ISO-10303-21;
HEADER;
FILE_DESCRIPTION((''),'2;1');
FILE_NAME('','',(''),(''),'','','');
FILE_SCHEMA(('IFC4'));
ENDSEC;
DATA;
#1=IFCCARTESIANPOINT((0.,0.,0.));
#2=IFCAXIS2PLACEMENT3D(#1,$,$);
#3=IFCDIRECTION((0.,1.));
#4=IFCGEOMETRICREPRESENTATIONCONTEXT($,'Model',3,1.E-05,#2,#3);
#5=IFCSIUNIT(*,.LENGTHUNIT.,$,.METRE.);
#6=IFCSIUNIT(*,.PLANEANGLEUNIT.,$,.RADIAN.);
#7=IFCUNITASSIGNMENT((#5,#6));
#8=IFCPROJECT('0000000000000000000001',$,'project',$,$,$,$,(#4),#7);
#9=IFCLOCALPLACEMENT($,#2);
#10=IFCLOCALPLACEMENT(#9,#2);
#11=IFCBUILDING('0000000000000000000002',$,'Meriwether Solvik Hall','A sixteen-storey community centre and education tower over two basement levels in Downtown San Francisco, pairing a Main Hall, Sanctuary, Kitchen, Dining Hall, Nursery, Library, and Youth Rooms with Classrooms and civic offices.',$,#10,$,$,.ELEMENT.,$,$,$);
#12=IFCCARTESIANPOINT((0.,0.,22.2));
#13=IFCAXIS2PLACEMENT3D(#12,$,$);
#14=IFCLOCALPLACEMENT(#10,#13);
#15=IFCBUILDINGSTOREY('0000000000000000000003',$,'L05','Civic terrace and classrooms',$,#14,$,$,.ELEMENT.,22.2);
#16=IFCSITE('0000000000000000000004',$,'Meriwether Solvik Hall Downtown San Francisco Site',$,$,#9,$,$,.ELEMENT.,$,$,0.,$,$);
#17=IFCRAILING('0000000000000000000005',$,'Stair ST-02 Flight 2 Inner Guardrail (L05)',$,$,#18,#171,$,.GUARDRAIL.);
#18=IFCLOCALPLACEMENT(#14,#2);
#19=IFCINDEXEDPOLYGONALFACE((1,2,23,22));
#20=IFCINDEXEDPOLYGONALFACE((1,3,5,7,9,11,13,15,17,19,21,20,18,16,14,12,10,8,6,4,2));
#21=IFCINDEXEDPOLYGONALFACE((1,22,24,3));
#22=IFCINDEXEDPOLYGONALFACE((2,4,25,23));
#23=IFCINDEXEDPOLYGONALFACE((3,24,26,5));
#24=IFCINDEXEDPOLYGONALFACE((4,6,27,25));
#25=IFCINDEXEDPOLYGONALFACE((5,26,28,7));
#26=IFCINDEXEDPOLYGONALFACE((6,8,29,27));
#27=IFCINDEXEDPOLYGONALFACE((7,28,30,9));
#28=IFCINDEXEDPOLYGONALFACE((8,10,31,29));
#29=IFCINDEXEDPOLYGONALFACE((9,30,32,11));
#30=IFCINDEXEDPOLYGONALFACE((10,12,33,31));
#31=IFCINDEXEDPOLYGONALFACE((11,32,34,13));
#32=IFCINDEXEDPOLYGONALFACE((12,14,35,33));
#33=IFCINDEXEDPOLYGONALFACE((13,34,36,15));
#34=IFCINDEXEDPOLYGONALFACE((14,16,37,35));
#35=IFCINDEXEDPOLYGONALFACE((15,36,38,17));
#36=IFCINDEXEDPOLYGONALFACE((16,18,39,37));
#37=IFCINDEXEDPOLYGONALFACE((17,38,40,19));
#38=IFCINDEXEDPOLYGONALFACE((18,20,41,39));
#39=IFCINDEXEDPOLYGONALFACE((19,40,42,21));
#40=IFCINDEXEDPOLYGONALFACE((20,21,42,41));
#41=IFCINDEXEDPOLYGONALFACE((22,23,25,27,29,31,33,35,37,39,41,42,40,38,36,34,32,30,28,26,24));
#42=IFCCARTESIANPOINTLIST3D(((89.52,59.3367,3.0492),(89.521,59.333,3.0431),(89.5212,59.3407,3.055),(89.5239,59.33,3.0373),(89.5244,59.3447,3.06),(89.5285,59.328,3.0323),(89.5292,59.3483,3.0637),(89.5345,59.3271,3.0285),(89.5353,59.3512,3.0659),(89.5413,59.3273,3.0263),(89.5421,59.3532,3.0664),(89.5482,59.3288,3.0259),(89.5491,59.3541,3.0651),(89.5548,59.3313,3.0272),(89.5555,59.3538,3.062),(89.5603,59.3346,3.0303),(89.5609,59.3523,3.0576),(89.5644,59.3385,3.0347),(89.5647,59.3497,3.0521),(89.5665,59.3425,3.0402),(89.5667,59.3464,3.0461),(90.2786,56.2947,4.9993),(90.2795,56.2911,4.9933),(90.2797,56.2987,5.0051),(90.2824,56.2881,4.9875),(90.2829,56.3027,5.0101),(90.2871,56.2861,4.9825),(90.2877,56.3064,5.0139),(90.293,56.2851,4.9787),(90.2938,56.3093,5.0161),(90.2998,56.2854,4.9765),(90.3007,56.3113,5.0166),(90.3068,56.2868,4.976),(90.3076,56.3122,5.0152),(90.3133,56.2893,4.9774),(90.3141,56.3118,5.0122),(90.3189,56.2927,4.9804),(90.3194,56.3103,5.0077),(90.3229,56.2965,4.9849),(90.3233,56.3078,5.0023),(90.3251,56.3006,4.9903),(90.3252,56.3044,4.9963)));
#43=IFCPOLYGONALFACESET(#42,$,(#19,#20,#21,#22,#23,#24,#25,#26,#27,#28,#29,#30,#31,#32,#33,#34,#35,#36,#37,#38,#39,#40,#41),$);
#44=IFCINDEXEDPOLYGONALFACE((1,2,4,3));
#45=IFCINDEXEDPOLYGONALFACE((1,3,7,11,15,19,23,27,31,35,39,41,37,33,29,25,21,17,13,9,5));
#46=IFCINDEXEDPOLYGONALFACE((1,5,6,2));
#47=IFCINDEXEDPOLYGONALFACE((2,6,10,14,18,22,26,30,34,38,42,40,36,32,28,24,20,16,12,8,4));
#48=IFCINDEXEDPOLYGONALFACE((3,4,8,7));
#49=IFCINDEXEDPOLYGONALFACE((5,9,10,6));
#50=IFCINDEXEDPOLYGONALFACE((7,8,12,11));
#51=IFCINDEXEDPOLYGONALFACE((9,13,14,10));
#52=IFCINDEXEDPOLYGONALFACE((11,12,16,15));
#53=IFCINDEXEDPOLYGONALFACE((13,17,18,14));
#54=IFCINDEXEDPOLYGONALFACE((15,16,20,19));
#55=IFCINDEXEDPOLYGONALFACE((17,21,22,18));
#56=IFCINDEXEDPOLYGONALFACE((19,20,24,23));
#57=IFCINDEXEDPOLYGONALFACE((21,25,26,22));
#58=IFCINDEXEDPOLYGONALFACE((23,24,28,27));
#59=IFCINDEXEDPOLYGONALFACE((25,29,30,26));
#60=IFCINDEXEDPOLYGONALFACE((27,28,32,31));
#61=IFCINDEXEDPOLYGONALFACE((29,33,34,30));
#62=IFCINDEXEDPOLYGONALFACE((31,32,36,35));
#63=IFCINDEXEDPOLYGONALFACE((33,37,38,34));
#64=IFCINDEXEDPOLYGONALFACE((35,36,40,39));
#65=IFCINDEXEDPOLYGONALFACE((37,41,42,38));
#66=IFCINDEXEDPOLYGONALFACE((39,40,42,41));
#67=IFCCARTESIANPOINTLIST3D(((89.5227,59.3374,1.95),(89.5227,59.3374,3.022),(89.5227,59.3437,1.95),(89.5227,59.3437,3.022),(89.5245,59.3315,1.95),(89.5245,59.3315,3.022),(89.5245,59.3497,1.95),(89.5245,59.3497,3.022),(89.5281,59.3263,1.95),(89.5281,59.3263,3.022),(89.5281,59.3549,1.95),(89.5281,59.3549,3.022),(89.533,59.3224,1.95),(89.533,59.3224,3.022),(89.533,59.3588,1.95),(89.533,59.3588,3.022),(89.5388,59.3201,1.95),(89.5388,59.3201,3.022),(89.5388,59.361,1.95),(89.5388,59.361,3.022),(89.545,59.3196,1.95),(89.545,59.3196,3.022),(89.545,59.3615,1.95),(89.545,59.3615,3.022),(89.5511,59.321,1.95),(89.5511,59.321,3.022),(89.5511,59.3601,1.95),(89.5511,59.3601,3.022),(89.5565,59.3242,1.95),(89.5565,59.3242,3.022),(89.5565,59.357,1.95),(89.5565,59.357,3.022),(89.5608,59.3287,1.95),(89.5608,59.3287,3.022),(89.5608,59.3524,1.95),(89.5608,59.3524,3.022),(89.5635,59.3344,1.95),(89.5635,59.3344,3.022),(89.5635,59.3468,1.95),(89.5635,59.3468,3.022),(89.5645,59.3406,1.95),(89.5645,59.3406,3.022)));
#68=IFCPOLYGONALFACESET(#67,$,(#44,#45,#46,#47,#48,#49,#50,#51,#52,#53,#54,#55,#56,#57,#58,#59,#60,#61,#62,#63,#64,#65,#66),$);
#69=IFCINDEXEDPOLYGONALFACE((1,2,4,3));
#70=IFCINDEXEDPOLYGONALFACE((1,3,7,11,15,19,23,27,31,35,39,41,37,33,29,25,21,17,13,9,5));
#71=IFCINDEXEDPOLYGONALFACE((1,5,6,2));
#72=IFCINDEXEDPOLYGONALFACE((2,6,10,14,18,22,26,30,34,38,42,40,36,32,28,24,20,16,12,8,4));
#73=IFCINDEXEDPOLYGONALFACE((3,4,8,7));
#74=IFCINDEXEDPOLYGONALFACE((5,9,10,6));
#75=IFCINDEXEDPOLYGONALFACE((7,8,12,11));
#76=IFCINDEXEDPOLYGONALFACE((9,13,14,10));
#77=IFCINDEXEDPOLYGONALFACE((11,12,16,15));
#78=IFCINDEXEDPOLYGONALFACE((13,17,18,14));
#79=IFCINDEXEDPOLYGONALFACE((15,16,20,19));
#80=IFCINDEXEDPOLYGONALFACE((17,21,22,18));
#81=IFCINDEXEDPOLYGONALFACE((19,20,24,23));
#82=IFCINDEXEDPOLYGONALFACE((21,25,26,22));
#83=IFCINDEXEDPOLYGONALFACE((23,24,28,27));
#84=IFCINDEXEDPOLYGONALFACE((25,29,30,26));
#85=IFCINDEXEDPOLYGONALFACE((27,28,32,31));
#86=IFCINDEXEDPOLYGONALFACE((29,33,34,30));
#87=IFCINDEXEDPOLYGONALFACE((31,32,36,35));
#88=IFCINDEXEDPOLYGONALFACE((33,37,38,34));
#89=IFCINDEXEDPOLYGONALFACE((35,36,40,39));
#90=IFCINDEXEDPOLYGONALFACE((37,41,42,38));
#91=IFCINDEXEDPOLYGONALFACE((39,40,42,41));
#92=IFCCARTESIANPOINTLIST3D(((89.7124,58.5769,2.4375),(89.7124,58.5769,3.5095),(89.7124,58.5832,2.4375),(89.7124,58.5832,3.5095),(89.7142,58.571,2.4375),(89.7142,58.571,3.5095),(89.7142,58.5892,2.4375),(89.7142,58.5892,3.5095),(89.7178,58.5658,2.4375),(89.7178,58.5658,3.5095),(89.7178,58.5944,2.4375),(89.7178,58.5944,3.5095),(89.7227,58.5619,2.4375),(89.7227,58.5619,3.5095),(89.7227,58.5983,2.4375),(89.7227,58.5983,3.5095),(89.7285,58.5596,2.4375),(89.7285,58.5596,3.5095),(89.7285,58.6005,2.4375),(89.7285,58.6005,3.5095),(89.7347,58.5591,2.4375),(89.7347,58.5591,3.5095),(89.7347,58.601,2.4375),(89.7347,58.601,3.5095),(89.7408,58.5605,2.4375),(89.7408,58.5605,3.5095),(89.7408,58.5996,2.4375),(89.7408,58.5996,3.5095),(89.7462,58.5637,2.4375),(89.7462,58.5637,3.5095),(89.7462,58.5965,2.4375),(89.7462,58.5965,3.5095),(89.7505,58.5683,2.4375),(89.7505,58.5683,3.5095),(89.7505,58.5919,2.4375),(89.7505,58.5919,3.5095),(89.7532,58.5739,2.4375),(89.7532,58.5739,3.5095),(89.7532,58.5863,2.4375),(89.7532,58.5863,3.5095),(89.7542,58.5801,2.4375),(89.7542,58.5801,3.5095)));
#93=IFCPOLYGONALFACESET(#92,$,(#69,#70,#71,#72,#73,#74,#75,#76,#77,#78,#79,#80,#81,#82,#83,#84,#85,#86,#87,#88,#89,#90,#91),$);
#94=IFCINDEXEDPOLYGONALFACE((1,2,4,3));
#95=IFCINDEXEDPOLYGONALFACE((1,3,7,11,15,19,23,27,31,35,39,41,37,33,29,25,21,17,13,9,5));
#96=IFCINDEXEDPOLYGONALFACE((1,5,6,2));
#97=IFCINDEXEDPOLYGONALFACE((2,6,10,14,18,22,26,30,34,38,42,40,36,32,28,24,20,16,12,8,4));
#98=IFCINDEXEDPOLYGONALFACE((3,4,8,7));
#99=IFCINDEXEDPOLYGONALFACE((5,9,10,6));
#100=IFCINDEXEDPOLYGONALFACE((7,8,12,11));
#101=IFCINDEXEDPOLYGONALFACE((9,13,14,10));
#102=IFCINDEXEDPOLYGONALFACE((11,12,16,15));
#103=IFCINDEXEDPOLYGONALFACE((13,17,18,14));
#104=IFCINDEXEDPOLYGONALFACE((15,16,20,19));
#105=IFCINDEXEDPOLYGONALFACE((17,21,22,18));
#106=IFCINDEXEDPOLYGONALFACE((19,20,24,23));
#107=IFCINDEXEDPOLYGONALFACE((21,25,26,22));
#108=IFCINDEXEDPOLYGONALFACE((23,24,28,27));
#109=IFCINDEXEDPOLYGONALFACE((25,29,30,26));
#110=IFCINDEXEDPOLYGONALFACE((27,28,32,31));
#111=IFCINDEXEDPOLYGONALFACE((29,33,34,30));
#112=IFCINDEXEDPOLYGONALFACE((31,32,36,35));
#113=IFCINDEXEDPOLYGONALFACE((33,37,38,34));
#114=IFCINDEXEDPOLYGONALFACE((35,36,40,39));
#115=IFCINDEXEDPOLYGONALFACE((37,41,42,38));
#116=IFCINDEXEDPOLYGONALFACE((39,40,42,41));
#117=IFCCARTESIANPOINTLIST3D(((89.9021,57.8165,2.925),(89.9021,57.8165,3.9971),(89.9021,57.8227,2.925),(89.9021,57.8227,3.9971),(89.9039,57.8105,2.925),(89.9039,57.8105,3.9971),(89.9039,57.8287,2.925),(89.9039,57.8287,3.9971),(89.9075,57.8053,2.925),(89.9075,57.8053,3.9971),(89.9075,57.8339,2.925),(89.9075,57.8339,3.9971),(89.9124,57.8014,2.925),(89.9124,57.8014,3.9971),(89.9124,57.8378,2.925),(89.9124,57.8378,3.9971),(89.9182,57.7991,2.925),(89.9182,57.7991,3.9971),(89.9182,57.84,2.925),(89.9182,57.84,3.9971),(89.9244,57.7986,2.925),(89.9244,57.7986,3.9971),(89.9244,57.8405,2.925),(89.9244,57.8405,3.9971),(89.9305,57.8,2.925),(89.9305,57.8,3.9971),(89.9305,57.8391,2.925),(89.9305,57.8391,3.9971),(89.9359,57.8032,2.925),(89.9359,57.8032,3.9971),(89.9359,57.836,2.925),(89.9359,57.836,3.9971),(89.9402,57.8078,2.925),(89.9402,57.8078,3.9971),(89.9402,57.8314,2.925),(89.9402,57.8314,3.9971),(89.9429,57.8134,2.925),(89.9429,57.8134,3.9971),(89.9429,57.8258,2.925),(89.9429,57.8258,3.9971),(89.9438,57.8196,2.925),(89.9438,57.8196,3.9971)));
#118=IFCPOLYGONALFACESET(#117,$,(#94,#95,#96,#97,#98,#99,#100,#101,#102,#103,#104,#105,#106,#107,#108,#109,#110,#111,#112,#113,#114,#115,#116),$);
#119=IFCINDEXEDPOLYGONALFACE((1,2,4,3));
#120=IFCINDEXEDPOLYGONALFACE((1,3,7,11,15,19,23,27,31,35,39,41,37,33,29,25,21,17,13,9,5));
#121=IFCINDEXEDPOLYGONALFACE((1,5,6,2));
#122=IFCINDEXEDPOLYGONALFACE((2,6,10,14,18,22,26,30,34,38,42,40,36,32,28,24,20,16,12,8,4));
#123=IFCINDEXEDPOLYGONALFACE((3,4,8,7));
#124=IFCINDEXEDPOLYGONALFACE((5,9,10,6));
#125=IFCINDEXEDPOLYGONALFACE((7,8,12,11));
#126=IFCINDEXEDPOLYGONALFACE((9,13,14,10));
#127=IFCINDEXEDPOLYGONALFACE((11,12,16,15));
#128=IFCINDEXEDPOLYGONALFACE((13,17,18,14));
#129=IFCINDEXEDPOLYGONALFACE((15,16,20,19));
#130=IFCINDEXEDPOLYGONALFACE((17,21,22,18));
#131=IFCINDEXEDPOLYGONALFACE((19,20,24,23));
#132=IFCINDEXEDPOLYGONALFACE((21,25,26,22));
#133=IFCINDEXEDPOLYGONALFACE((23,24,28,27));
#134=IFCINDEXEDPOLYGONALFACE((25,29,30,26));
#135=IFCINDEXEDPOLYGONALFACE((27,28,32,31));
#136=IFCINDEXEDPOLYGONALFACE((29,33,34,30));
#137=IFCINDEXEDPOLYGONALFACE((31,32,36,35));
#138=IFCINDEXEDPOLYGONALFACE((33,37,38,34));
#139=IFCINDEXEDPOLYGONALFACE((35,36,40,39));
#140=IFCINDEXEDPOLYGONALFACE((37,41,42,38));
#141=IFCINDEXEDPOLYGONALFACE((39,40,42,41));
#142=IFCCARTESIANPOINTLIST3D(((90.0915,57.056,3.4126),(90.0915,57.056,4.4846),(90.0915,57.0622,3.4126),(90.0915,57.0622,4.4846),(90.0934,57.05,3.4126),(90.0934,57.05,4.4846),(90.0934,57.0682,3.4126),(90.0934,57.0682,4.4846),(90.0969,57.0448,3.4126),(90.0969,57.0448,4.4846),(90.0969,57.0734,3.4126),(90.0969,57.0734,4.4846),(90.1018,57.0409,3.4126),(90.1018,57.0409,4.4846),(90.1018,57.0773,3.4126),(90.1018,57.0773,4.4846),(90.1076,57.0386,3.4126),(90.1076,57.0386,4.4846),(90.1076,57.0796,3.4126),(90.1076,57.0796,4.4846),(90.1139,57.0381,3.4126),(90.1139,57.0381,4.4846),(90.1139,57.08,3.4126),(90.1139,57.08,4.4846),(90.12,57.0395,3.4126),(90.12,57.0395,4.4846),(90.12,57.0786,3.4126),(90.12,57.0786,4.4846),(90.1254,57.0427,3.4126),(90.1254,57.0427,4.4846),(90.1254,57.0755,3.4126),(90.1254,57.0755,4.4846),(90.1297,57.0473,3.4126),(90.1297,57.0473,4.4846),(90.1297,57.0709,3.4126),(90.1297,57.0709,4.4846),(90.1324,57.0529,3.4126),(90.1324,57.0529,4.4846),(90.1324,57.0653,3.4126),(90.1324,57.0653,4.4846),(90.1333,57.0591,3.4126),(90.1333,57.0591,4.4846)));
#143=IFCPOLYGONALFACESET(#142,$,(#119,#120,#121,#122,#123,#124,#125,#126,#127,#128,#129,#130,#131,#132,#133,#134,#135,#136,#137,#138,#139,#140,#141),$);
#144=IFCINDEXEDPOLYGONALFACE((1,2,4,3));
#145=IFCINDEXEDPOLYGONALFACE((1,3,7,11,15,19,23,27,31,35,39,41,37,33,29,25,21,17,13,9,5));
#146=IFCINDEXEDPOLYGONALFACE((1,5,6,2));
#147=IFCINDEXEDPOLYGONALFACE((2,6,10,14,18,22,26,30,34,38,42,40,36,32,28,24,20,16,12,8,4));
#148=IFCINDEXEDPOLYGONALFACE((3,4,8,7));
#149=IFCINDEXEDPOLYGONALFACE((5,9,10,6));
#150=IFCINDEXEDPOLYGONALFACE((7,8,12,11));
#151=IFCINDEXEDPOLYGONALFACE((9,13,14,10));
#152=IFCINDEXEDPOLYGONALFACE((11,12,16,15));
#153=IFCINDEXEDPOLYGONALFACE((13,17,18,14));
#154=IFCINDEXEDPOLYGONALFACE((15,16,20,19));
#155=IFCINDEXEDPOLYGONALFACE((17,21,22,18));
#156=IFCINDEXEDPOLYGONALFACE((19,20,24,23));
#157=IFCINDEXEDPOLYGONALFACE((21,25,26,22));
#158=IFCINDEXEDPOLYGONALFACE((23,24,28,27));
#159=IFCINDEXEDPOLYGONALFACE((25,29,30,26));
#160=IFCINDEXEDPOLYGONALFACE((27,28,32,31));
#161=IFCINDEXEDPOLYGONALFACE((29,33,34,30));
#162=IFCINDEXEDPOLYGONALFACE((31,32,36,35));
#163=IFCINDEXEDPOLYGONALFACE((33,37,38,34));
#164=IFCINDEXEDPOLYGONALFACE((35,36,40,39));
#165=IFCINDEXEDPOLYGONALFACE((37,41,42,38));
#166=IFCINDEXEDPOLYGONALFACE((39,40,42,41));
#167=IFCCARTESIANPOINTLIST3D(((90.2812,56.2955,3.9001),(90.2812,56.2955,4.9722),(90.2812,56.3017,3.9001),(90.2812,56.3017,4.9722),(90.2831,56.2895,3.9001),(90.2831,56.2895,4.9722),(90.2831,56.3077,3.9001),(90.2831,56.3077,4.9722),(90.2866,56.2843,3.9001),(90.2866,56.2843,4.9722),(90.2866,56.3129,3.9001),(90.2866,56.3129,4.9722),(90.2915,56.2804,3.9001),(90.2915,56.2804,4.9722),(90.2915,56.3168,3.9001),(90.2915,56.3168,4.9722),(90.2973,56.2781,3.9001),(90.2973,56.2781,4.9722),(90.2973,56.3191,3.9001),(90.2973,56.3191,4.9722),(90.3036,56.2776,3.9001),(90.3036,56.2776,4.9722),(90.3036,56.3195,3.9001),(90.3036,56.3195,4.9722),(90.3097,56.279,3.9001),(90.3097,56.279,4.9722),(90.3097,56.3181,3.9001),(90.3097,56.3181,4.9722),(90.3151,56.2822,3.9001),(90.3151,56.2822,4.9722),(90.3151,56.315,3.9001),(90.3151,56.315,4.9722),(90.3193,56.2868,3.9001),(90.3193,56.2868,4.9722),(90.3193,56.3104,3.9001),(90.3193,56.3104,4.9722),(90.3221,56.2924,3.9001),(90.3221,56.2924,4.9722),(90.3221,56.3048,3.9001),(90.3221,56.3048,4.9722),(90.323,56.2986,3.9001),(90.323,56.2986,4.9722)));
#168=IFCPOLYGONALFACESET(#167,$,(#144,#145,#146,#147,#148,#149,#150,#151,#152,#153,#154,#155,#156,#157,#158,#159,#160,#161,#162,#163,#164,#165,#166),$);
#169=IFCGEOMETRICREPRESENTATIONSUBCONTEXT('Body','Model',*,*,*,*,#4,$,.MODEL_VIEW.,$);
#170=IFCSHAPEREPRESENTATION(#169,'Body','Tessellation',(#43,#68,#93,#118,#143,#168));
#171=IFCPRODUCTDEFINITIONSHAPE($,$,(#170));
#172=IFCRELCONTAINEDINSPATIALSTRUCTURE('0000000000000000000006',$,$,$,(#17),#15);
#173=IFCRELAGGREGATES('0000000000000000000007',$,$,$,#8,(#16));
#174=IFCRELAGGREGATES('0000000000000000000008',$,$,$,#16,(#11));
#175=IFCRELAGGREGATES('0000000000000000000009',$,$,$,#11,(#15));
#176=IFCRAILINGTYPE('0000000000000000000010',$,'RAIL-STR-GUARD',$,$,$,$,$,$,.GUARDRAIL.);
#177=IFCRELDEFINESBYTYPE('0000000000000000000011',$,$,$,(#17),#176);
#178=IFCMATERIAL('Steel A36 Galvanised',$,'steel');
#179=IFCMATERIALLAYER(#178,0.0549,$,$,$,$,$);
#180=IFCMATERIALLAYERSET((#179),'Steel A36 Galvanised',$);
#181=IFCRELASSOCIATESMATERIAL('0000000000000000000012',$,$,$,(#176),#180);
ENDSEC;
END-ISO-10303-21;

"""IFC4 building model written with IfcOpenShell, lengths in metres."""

from ifc_helpers import new_model, si_unit, direction, frame, origin, origin_2d, place, context, subcontext, project, spatial, circle, extrude, material, layer, layer_set, type_object, element, save


model = new_model("IFC4")

# Units and contexts
model_context = context("Model", 3, precision=1e-05, world=origin(), true_north=direction((0.0, 1.0)))
body_context = subcontext(model_context, "Body", "Model", "MODEL_VIEW")
ifc_project = project(units=[si_unit("LENGTHUNIT", "METRE"), si_unit("PLANEANGLEUNIT", "RADIAN")], contexts=[model_context])

# Site, building, storey
site_placement = place(None, origin())
site = spatial("IfcSite", under=ifc_project, at=site_placement, Name="Meriwether Solvik Hall Downtown San Francisco Site", CompositionType="ELEMENT", RefElevation=0.0)
building_placement = place(site_placement, origin())
building = spatial("IfcBuilding", under=site, at=building_placement, Name="Meriwether Solvik Hall", Description="A sixteen-storey community centre and education tower over two basement levels in Downtown San Francisco, pairing a Main Hall, Sanctuary, Kitchen, Dining Hall, Nursery, Library, and Youth Rooms with Classrooms and civic offices.", CompositionType="ELEMENT")
storey_placement = place(building_placement, frame((0.0, 0.0, 22.2)))
storey = spatial("IfcBuildingStorey", under=building, at=storey_placement, Name="L05", Description="Civic terrace and classrooms", CompositionType="ELEMENT", Elevation=22.2)

# Railing
ifc_material_1 = material(Name="Steel A36 Galvanised", Category="steel")
ifc_layer_1 = layer(ifc_material_1, 0.0549)
ifc_layer_set_1 = layer_set([ifc_layer_1], Name="Steel A36 Galvanised")
railing_type_1 = type_object("IfcRailingType", Name="RAIL-STR-GUARD", PredefinedType="GUARDRAIL", material=ifc_layer_set_1)
railing_1_placement = place(storey_placement, frame((89.5435, 59.3406, 1.95)))
element("IfcRailing", 1, at=railing_1_placement, inside=storey, type_object=railing_type_1, Name="Stair ST-02 Flight 2 Inner Guardrail (L05)", PredefinedType="GUARDRAIL", context=body_context, shape_type="SweptSolid", body=[
    extrude(circle(Radius=0.0239, at=origin_2d()), frame((0.0, 0.0, 1.0962), z_axis=(0.205445, -0.823896, 0.528193), x_axis=(0.970289, 0.241949, 0.0)), (0.0, 0.0, 1.0), 3.6921),
    extrude(circle(Radius=0.021, at=origin_2d()), origin(), (0.0, 0.0, 1.0), 1.072),
    extrude(circle(Radius=0.021, at=origin_2d()), frame((0.1897, -0.7605, 0.4875)), (0.0, 0.0, 1.0), 1.072),
    extrude(circle(Radius=0.021, at=origin_2d()), frame((0.3794, -1.521, 0.9751)), (0.0, 0.0, 1.0), 1.072),
    extrude(circle(Radius=0.021, at=origin_2d()), frame((0.5688, -2.2815, 1.4626)), (0.0, 0.0, 1.0), 1.072),
    extrude(circle(Radius=0.021, at=origin_2d()), frame((0.7585, -3.042, 1.9502)), (0.0, 0.0, 1.0), 1.072),
])

save(model, "model.ifc")
